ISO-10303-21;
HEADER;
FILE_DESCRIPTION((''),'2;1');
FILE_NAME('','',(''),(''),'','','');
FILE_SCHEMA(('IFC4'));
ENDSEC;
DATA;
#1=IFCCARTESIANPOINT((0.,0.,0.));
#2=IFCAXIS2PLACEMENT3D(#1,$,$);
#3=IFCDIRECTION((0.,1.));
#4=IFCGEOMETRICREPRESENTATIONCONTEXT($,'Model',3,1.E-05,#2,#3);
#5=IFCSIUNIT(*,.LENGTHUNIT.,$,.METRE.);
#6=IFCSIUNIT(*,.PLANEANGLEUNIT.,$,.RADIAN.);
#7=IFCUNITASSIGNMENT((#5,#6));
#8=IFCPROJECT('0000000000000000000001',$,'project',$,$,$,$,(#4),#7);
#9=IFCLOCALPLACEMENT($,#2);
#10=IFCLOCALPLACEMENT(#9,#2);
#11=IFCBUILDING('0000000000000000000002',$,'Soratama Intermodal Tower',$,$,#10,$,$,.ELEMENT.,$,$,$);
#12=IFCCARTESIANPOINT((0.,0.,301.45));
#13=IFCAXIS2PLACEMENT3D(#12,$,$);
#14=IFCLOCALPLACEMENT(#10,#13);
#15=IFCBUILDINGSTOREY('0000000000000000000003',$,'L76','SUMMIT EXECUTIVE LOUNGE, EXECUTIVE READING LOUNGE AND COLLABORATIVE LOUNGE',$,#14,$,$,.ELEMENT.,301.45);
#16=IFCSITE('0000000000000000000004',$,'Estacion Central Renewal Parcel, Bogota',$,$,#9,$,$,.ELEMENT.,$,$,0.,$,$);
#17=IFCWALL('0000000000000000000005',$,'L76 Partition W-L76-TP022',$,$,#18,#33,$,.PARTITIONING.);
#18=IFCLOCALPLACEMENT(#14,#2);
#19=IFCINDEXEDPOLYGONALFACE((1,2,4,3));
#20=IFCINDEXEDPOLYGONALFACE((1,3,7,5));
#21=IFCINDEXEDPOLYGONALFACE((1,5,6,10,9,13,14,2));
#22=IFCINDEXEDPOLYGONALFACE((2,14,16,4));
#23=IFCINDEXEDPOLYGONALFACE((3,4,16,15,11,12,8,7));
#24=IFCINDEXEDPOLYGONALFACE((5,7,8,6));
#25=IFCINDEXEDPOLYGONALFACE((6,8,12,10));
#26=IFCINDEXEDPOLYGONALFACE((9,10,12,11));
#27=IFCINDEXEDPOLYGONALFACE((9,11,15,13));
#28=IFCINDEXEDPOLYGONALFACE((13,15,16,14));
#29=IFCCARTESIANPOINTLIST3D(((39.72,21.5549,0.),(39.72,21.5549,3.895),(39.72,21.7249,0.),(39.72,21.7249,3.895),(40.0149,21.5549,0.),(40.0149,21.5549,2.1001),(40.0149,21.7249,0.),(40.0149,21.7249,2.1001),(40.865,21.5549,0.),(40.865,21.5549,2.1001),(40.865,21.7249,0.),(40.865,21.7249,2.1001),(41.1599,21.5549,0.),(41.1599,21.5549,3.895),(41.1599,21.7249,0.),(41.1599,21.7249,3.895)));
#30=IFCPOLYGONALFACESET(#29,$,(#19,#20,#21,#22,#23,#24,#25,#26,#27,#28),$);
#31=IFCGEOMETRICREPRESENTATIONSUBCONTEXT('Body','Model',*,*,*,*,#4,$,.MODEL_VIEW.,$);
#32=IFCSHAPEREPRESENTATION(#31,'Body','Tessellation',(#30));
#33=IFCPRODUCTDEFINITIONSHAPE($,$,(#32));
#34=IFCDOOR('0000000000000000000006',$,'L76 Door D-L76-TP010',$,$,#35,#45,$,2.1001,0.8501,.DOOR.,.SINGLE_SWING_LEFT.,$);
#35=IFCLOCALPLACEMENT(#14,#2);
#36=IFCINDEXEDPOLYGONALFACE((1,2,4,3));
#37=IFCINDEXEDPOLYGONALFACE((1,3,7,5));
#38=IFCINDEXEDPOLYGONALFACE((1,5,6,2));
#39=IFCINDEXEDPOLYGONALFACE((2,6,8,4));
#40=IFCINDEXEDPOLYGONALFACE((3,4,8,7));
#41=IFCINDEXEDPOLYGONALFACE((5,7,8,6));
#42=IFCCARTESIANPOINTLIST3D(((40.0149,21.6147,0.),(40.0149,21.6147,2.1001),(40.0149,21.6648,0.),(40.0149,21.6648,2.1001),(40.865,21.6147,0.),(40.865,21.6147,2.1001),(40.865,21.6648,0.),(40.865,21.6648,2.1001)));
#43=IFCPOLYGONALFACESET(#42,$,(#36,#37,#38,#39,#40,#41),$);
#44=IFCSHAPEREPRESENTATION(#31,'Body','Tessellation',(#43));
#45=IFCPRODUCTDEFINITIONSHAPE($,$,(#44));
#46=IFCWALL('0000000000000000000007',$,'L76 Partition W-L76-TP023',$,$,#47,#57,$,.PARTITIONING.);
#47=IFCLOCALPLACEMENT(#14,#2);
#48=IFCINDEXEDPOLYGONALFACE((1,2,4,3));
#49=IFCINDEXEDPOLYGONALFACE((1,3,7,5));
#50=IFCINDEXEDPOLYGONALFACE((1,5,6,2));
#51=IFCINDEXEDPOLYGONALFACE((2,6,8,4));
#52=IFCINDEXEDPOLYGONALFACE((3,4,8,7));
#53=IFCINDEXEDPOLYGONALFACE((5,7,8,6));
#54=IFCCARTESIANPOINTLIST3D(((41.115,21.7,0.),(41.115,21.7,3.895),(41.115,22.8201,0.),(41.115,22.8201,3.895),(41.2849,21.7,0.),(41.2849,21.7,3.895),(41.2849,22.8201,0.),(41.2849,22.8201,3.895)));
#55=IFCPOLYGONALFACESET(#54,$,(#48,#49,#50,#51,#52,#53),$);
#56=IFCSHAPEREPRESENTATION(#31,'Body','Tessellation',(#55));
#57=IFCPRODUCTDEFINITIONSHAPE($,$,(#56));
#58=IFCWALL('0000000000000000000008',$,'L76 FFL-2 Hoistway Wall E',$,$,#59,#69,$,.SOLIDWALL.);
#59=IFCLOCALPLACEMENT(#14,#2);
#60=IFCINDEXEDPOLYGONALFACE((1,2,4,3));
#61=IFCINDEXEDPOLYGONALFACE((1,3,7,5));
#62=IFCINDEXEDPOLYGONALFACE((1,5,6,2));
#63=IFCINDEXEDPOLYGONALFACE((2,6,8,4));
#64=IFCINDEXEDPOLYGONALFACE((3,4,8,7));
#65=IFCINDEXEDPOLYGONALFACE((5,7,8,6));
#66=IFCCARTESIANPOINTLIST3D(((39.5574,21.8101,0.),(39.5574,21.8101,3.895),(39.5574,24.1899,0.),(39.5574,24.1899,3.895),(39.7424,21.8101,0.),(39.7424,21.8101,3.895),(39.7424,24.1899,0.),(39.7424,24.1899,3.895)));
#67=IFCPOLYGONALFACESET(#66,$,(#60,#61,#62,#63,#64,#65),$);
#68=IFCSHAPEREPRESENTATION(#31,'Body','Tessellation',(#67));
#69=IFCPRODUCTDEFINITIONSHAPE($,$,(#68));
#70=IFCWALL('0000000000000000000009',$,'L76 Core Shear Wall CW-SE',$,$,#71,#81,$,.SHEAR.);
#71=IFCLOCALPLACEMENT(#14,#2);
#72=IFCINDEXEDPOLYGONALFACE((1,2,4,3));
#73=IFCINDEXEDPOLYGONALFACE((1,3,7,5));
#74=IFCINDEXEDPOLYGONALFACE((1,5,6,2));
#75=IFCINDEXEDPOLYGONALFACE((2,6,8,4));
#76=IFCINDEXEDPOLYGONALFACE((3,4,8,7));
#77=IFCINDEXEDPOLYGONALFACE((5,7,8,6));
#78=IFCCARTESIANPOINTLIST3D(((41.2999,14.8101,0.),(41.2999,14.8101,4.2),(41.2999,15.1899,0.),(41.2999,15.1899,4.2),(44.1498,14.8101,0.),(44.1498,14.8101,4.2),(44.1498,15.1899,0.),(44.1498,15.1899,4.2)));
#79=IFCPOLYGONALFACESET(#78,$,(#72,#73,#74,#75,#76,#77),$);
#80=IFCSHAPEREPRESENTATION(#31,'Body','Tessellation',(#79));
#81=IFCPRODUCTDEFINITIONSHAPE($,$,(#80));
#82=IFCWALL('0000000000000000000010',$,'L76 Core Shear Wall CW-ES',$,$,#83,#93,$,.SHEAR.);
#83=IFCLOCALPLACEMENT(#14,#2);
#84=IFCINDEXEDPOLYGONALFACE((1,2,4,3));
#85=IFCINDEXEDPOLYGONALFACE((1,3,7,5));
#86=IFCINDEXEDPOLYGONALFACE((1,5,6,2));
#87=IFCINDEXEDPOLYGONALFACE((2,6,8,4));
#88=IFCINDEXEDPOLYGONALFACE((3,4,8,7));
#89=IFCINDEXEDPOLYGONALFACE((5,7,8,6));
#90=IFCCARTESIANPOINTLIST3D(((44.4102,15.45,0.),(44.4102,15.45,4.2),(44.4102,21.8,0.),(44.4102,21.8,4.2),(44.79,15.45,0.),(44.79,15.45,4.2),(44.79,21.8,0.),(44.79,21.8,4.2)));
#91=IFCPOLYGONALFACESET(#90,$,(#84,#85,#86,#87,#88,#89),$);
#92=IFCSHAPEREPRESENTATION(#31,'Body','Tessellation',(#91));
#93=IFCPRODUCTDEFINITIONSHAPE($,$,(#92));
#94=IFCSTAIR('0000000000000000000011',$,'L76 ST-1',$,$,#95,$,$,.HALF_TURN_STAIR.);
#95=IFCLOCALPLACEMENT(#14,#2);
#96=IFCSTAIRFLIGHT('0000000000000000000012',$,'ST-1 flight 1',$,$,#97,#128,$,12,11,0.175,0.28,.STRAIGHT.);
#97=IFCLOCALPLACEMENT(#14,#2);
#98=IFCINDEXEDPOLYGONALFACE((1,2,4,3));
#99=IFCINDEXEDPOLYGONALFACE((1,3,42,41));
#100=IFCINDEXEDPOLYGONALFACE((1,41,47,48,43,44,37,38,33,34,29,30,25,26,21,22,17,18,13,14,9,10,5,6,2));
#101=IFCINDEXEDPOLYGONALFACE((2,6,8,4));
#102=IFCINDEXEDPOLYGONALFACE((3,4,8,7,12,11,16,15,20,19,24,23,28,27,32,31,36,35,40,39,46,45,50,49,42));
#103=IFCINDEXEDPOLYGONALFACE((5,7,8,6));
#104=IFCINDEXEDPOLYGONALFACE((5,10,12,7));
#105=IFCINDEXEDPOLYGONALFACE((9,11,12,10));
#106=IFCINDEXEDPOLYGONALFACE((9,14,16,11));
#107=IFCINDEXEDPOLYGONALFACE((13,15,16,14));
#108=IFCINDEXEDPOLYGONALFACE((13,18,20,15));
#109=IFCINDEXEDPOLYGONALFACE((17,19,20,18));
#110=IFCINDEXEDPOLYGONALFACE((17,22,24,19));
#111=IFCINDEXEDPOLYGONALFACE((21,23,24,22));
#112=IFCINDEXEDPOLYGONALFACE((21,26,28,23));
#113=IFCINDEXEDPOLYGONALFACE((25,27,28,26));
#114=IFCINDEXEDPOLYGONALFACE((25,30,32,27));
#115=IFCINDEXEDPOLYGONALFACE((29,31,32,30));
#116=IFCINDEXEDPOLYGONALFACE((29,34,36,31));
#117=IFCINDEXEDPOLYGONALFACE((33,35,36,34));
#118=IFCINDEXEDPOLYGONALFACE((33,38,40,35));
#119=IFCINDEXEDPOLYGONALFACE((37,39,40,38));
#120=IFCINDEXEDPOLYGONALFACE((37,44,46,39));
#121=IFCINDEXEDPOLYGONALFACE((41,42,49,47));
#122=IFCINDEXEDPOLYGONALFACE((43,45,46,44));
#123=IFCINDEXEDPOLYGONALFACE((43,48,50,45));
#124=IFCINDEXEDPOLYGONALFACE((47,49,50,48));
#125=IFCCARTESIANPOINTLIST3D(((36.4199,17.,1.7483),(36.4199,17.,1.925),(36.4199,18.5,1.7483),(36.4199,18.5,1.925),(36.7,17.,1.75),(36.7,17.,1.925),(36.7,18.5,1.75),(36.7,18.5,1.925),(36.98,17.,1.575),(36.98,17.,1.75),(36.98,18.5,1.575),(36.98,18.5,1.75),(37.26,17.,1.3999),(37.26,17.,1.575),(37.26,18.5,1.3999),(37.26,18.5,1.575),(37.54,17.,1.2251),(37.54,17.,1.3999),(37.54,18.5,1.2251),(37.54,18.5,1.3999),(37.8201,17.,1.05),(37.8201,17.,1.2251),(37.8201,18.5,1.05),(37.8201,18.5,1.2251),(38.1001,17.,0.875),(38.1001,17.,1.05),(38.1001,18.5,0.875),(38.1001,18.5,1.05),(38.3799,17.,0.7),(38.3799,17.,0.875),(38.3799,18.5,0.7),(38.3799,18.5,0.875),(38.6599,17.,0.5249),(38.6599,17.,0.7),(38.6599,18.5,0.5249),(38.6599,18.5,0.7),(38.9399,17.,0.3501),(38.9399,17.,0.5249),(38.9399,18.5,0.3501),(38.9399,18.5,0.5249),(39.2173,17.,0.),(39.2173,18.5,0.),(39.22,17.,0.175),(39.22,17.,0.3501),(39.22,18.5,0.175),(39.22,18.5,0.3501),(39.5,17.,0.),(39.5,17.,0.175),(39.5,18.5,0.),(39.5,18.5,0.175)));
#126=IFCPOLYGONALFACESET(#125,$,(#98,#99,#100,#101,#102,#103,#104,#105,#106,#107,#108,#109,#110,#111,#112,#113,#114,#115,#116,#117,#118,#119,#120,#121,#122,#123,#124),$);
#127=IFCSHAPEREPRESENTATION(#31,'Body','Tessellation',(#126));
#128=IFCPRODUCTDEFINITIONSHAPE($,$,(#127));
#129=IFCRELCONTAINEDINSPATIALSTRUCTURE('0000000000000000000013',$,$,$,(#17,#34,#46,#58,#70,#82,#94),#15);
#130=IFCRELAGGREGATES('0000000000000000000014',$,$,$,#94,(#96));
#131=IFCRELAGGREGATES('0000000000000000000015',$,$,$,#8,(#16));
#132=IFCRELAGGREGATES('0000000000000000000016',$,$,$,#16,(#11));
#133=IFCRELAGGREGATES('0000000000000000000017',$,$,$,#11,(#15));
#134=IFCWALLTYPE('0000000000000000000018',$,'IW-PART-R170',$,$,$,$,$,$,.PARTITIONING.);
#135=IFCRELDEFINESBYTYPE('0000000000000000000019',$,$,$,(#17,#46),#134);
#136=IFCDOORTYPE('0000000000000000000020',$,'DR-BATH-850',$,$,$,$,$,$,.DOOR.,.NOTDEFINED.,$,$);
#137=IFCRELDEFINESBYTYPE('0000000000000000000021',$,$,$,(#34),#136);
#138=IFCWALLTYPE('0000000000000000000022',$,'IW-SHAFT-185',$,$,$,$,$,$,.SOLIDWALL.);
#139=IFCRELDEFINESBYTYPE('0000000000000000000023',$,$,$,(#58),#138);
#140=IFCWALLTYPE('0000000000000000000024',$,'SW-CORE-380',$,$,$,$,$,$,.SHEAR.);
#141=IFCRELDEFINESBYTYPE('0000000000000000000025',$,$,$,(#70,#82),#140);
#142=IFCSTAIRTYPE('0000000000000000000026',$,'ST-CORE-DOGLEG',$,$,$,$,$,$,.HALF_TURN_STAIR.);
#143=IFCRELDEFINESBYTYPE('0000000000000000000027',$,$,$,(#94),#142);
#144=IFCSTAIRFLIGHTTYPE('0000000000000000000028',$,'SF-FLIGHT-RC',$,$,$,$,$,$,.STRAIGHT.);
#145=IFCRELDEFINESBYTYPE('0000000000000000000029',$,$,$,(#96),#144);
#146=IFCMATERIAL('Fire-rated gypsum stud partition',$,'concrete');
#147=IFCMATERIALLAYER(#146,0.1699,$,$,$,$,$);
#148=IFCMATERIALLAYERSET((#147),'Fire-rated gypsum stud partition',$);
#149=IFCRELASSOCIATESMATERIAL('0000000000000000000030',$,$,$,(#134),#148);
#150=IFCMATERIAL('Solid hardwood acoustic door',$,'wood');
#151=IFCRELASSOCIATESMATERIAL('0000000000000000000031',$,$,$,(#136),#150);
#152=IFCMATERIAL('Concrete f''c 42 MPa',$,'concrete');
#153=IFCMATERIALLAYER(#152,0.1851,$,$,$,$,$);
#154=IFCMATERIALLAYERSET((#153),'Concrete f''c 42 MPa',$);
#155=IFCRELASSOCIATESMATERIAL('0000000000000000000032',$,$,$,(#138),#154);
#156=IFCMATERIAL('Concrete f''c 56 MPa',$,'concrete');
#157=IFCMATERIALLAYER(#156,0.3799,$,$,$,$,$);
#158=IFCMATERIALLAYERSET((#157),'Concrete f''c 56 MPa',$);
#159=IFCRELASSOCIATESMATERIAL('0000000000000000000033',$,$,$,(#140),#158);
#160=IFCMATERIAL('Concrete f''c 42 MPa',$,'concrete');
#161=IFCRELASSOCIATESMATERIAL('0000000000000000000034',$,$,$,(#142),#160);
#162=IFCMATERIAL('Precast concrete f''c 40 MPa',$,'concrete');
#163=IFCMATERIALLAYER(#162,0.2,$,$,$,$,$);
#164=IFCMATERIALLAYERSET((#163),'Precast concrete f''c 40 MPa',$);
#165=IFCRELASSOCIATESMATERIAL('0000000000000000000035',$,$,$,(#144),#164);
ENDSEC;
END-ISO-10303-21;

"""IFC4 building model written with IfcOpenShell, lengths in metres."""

from ifc_helpers import new_model, si_unit, direction, frame, frame_2d, origin, place, context, subcontext, project, spatial, polyline, rectangle, outline, extrude, material, layer, layer_set, type_object, element, fill, aggregate, save


model = new_model("IFC4")

# Units and contexts
model_context = context("Model", 3, precision=1e-05, world=origin(), true_north=direction((0.0, 1.0)))
body_context = subcontext(model_context, "Body", "Model", "MODEL_VIEW")
ifc_project = project(units=[si_unit("LENGTHUNIT", "METRE"), si_unit("PLANEANGLEUNIT", "RADIAN")], contexts=[model_context])

# Site, building, storey
site_placement = place(None, origin())
site = spatial("IfcSite", under=ifc_project, at=site_placement, Name="Estacion Central Renewal Parcel, Bogota", CompositionType="ELEMENT", RefElevation=0.0)
building_placement = place(site_placement, origin())
building = spatial("IfcBuilding", under=site, at=building_placement, Name="Soratama Intermodal Tower", CompositionType="ELEMENT")
storey_placement = place(building_placement, frame((0.0, 0.0, 301.45)))
storey = spatial("IfcBuildingStorey", under=building, at=storey_placement, Name="L76", Description="SUMMIT EXECUTIVE LOUNGE, EXECUTIVE READING LOUNGE AND COLLABORATIVE LOUNGE", CompositionType="ELEMENT", Elevation=301.45)

# Wall, opening, door
ifc_material_1 = material(Name="Fire-rated gypsum stud partition", Category="concrete")
ifc_layer_1 = layer(ifc_material_1, 0.1699)
ifc_layer_set_1 = layer_set([ifc_layer_1], Name="Fire-rated gypsum stud partition")
wall_type_1 = type_object("IfcWallType", Name="IW-PART-R170", PredefinedType="PARTITIONING", material=ifc_layer_set_1)
wall_1_placement = place(storey_placement, frame((39.72, 21.6399, 0.0), z_axis=(0.0, 0.0, 1.0), x_axis=(1.0, 0.0, 0.0)))
wall_1 = element("IfcWall", 1, at=wall_1_placement, inside=storey, type_object=wall_type_1, Name="L76 Partition W-L76-TP022", PredefinedType="PARTITIONING", context=body_context, shape_type="SweptSolid", body=[
    extrude(rectangle(XDim=1.4399, YDim=0.1699, at=frame_2d((0.72, 0.0))), origin(), (0.0, 0.0, 1.0), 3.895),
])
opening_1_placement = place(wall_1_placement, frame((0.2949, 0.0, 0.0)))
opening_1 = element("IfcOpeningElement", 2, at=opening_1_placement, cuts=wall_1, PredefinedType="OPENING", context=body_context, shape_type="SweptSolid", body=[
    extrude(rectangle(XDim=0.8501, YDim=2.1001, at=frame_2d((0.425, 1.05))), frame((0.0, 0.095, 0.0), z_axis=(0.0, -1.0, 0.0), x_axis=(1.0, 0.0, 0.0)), (0.0, 0.0, 1.0), 0.1899),
])
ifc_material_2 = material(Name="Solid hardwood acoustic door", Category="wood")
door_type_1 = type_object("IfcDoorType", Name="DR-BATH-850", OperationType="NOTDEFINED", PredefinedType="DOOR", material=ifc_material_2)
door_1_placement = place(opening_1_placement, origin())
door_1 = element("IfcDoor", 3, at=door_1_placement, inside=storey, type_object=door_type_1, Name="L76 Door D-L76-TP010", OperationType="SINGLE_SWING_LEFT", OverallHeight=2.1001, OverallWidth=0.8501, PredefinedType="DOOR", context=body_context, shape_type="SweptSolid", body=[
    extrude(rectangle(XDim=0.8501, YDim=2.1001, at=frame_2d((0.425, 1.05))), frame((0.0, 0.0249, 0.0), z_axis=(0.0, -1.0, 0.0), x_axis=(1.0, 0.0, 0.0)), (0.0, 0.0, 1.0), 0.05),
])
fill(opening_1, door_1)

# Walls
wall_2_placement = place(storey_placement, frame((41.2, 21.7, 0.0), z_axis=(0.0, 0.0, 1.0), x_axis=(0.0, 1.0, 0.0)))
element("IfcWall", 4, at=wall_2_placement, inside=storey, type_object=wall_type_1, Name="L76 Partition W-L76-TP023", PredefinedType="PARTITIONING", context=body_context, shape_type="SweptSolid", body=[
    extrude(rectangle(XDim=1.1201, YDim=0.1699, at=frame_2d((0.5601, 0.0))), origin(), (0.0, 0.0, 1.0), 3.895),
])
ifc_material_3 = material(Name="Concrete f'c 42 MPa", Category="concrete")
ifc_layer_2 = layer(ifc_material_3, 0.1851)
ifc_layer_set_2 = layer_set([ifc_layer_2], Name="Concrete f'c 42 MPa")
wall_type_2 = type_object("IfcWallType", Name="IW-SHAFT-185", PredefinedType="SOLIDWALL", material=ifc_layer_set_2)
wall_3_placement = place(storey_placement, frame((39.6499, 21.8101, 0.0), z_axis=(0.0, 0.0, 1.0), x_axis=(0.0, 1.0, 0.0)))
element("IfcWall", 5, at=wall_3_placement, inside=storey, type_object=wall_type_2, Name="L76 FFL-2 Hoistway Wall E", PredefinedType="SOLIDWALL", context=body_context, shape_type="SweptSolid", body=[
    extrude(rectangle(XDim=2.3799, YDim=0.1851, at=frame_2d((1.1899, 0.0))), origin(), (0.0, 0.0, 1.0), 3.895),
])
ifc_material_4 = material(Name="Concrete f'c 56 MPa", Category="concrete")
ifc_layer_3 = layer(ifc_material_4, 0.3799)
ifc_layer_set_3 = layer_set([ifc_layer_3], Name="Concrete f'c 56 MPa")
wall_type_3 = type_object("IfcWallType", Name="SW-CORE-380", PredefinedType="SHEAR", material=ifc_layer_set_3)
wall_4_placement = place(storey_placement, frame((41.3, 15.0, 0.0), z_axis=(0.0, 0.0, 1.0), x_axis=(1.0, 0.0, 0.0)))
element("IfcWall", 6, at=wall_4_placement, inside=storey, type_object=wall_type_3, Name="L76 Core Shear Wall CW-SE", PredefinedType="SHEAR", context=body_context, shape_type="SweptSolid", body=[
    extrude(rectangle(XDim=2.8499, YDim=0.3799, at=frame_2d((1.4248, 0.0))), origin(), (0.0, 0.0, 1.0), 4.2),
])
wall_5_placement = place(storey_placement, frame((44.6001, 15.45, 0.0), z_axis=(0.0, 0.0, 1.0), x_axis=(0.0, 1.0, 0.0)))
element("IfcWall", 7, at=wall_5_placement, inside=storey, type_object=wall_type_3, Name="L76 Core Shear Wall CW-ES", PredefinedType="SHEAR", context=body_context, shape_type="SweptSolid", body=[
    extrude(rectangle(XDim=6.3501, YDim=0.3799, at=frame_2d((3.175, 0.0))), origin(), (0.0, 0.0, 1.0), 4.2),
])

# Stair, stair flight
ifc_material_5 = material(Name="Concrete f'c 42 MPa", Category="concrete")
stair_type = type_object("IfcStairType", Name="ST-CORE-DOGLEG", PredefinedType="HALF_TURN_STAIR", material=ifc_material_5)
stair_placement = place(storey_placement, origin())
stair = element("IfcStair", 8, at=stair_placement, inside=storey, type_object=stair_type, Name="L76 ST-1", PredefinedType="HALF_TURN_STAIR")
ifc_material_6 = material(Name="Precast concrete f'c 40 MPa", Category="concrete")
ifc_layer_4 = layer(ifc_material_6, 0.2)
ifc_layer_set_4 = layer_set([ifc_layer_4], Name="Precast concrete f'c 40 MPa")
stair_flight_type = type_object("IfcStairFlightType", Name="SF-FLIGHT-RC", PredefinedType="STRAIGHT", material=ifc_layer_set_4)
stair_flight_placement = place(storey_placement, frame((39.5, 17.75, 0.0), z_axis=(0.0, 0.0, 1.0), x_axis=(-1.0, 0.0, 0.0)))
stair_flight = element("IfcStairFlight", 9, at=stair_flight_placement, type_object=stair_flight_type, Name="ST-1 flight 1", NumberOfRisers=12, NumberOfTreads=11, PredefinedType="STRAIGHT", RiserHeight=0.175, TreadLength=0.28, context=body_context, shape_type="SweptSolid", body=[
    extrude(outline(polyline([(0.0, 0.0), (0.0, 0.175), (0.28, 0.175), (0.28, 0.3501), (0.5601, 0.3501), (0.5601, 0.5249), (0.8401, 0.5249), (0.8401, 0.7), (1.1201, 0.7), (1.1201, 0.875), (1.3999, 0.875), (1.3999, 1.05), (1.6799, 1.05), (1.6799, 1.2251), (1.96, 1.2251), (1.96, 1.3999), (2.24, 1.3999), (2.24, 1.575), (2.52, 1.575), (2.52, 1.75), (2.8, 1.75), (2.8, 1.925), (3.0801, 1.925), (3.0801, 2.1001), (3.0801, 1.7483), (0.2827, 0.0), (0.0, 0.0)])), frame((0.0, 0.75, 0.0), z_axis=(0.0, -1.0, 0.0), x_axis=(1.0, 0.0, 0.0)), (0.0, 0.0, 1.0), 1.5),
])
aggregate(stair, [stair_flight])

save(model, "model.ifc")
